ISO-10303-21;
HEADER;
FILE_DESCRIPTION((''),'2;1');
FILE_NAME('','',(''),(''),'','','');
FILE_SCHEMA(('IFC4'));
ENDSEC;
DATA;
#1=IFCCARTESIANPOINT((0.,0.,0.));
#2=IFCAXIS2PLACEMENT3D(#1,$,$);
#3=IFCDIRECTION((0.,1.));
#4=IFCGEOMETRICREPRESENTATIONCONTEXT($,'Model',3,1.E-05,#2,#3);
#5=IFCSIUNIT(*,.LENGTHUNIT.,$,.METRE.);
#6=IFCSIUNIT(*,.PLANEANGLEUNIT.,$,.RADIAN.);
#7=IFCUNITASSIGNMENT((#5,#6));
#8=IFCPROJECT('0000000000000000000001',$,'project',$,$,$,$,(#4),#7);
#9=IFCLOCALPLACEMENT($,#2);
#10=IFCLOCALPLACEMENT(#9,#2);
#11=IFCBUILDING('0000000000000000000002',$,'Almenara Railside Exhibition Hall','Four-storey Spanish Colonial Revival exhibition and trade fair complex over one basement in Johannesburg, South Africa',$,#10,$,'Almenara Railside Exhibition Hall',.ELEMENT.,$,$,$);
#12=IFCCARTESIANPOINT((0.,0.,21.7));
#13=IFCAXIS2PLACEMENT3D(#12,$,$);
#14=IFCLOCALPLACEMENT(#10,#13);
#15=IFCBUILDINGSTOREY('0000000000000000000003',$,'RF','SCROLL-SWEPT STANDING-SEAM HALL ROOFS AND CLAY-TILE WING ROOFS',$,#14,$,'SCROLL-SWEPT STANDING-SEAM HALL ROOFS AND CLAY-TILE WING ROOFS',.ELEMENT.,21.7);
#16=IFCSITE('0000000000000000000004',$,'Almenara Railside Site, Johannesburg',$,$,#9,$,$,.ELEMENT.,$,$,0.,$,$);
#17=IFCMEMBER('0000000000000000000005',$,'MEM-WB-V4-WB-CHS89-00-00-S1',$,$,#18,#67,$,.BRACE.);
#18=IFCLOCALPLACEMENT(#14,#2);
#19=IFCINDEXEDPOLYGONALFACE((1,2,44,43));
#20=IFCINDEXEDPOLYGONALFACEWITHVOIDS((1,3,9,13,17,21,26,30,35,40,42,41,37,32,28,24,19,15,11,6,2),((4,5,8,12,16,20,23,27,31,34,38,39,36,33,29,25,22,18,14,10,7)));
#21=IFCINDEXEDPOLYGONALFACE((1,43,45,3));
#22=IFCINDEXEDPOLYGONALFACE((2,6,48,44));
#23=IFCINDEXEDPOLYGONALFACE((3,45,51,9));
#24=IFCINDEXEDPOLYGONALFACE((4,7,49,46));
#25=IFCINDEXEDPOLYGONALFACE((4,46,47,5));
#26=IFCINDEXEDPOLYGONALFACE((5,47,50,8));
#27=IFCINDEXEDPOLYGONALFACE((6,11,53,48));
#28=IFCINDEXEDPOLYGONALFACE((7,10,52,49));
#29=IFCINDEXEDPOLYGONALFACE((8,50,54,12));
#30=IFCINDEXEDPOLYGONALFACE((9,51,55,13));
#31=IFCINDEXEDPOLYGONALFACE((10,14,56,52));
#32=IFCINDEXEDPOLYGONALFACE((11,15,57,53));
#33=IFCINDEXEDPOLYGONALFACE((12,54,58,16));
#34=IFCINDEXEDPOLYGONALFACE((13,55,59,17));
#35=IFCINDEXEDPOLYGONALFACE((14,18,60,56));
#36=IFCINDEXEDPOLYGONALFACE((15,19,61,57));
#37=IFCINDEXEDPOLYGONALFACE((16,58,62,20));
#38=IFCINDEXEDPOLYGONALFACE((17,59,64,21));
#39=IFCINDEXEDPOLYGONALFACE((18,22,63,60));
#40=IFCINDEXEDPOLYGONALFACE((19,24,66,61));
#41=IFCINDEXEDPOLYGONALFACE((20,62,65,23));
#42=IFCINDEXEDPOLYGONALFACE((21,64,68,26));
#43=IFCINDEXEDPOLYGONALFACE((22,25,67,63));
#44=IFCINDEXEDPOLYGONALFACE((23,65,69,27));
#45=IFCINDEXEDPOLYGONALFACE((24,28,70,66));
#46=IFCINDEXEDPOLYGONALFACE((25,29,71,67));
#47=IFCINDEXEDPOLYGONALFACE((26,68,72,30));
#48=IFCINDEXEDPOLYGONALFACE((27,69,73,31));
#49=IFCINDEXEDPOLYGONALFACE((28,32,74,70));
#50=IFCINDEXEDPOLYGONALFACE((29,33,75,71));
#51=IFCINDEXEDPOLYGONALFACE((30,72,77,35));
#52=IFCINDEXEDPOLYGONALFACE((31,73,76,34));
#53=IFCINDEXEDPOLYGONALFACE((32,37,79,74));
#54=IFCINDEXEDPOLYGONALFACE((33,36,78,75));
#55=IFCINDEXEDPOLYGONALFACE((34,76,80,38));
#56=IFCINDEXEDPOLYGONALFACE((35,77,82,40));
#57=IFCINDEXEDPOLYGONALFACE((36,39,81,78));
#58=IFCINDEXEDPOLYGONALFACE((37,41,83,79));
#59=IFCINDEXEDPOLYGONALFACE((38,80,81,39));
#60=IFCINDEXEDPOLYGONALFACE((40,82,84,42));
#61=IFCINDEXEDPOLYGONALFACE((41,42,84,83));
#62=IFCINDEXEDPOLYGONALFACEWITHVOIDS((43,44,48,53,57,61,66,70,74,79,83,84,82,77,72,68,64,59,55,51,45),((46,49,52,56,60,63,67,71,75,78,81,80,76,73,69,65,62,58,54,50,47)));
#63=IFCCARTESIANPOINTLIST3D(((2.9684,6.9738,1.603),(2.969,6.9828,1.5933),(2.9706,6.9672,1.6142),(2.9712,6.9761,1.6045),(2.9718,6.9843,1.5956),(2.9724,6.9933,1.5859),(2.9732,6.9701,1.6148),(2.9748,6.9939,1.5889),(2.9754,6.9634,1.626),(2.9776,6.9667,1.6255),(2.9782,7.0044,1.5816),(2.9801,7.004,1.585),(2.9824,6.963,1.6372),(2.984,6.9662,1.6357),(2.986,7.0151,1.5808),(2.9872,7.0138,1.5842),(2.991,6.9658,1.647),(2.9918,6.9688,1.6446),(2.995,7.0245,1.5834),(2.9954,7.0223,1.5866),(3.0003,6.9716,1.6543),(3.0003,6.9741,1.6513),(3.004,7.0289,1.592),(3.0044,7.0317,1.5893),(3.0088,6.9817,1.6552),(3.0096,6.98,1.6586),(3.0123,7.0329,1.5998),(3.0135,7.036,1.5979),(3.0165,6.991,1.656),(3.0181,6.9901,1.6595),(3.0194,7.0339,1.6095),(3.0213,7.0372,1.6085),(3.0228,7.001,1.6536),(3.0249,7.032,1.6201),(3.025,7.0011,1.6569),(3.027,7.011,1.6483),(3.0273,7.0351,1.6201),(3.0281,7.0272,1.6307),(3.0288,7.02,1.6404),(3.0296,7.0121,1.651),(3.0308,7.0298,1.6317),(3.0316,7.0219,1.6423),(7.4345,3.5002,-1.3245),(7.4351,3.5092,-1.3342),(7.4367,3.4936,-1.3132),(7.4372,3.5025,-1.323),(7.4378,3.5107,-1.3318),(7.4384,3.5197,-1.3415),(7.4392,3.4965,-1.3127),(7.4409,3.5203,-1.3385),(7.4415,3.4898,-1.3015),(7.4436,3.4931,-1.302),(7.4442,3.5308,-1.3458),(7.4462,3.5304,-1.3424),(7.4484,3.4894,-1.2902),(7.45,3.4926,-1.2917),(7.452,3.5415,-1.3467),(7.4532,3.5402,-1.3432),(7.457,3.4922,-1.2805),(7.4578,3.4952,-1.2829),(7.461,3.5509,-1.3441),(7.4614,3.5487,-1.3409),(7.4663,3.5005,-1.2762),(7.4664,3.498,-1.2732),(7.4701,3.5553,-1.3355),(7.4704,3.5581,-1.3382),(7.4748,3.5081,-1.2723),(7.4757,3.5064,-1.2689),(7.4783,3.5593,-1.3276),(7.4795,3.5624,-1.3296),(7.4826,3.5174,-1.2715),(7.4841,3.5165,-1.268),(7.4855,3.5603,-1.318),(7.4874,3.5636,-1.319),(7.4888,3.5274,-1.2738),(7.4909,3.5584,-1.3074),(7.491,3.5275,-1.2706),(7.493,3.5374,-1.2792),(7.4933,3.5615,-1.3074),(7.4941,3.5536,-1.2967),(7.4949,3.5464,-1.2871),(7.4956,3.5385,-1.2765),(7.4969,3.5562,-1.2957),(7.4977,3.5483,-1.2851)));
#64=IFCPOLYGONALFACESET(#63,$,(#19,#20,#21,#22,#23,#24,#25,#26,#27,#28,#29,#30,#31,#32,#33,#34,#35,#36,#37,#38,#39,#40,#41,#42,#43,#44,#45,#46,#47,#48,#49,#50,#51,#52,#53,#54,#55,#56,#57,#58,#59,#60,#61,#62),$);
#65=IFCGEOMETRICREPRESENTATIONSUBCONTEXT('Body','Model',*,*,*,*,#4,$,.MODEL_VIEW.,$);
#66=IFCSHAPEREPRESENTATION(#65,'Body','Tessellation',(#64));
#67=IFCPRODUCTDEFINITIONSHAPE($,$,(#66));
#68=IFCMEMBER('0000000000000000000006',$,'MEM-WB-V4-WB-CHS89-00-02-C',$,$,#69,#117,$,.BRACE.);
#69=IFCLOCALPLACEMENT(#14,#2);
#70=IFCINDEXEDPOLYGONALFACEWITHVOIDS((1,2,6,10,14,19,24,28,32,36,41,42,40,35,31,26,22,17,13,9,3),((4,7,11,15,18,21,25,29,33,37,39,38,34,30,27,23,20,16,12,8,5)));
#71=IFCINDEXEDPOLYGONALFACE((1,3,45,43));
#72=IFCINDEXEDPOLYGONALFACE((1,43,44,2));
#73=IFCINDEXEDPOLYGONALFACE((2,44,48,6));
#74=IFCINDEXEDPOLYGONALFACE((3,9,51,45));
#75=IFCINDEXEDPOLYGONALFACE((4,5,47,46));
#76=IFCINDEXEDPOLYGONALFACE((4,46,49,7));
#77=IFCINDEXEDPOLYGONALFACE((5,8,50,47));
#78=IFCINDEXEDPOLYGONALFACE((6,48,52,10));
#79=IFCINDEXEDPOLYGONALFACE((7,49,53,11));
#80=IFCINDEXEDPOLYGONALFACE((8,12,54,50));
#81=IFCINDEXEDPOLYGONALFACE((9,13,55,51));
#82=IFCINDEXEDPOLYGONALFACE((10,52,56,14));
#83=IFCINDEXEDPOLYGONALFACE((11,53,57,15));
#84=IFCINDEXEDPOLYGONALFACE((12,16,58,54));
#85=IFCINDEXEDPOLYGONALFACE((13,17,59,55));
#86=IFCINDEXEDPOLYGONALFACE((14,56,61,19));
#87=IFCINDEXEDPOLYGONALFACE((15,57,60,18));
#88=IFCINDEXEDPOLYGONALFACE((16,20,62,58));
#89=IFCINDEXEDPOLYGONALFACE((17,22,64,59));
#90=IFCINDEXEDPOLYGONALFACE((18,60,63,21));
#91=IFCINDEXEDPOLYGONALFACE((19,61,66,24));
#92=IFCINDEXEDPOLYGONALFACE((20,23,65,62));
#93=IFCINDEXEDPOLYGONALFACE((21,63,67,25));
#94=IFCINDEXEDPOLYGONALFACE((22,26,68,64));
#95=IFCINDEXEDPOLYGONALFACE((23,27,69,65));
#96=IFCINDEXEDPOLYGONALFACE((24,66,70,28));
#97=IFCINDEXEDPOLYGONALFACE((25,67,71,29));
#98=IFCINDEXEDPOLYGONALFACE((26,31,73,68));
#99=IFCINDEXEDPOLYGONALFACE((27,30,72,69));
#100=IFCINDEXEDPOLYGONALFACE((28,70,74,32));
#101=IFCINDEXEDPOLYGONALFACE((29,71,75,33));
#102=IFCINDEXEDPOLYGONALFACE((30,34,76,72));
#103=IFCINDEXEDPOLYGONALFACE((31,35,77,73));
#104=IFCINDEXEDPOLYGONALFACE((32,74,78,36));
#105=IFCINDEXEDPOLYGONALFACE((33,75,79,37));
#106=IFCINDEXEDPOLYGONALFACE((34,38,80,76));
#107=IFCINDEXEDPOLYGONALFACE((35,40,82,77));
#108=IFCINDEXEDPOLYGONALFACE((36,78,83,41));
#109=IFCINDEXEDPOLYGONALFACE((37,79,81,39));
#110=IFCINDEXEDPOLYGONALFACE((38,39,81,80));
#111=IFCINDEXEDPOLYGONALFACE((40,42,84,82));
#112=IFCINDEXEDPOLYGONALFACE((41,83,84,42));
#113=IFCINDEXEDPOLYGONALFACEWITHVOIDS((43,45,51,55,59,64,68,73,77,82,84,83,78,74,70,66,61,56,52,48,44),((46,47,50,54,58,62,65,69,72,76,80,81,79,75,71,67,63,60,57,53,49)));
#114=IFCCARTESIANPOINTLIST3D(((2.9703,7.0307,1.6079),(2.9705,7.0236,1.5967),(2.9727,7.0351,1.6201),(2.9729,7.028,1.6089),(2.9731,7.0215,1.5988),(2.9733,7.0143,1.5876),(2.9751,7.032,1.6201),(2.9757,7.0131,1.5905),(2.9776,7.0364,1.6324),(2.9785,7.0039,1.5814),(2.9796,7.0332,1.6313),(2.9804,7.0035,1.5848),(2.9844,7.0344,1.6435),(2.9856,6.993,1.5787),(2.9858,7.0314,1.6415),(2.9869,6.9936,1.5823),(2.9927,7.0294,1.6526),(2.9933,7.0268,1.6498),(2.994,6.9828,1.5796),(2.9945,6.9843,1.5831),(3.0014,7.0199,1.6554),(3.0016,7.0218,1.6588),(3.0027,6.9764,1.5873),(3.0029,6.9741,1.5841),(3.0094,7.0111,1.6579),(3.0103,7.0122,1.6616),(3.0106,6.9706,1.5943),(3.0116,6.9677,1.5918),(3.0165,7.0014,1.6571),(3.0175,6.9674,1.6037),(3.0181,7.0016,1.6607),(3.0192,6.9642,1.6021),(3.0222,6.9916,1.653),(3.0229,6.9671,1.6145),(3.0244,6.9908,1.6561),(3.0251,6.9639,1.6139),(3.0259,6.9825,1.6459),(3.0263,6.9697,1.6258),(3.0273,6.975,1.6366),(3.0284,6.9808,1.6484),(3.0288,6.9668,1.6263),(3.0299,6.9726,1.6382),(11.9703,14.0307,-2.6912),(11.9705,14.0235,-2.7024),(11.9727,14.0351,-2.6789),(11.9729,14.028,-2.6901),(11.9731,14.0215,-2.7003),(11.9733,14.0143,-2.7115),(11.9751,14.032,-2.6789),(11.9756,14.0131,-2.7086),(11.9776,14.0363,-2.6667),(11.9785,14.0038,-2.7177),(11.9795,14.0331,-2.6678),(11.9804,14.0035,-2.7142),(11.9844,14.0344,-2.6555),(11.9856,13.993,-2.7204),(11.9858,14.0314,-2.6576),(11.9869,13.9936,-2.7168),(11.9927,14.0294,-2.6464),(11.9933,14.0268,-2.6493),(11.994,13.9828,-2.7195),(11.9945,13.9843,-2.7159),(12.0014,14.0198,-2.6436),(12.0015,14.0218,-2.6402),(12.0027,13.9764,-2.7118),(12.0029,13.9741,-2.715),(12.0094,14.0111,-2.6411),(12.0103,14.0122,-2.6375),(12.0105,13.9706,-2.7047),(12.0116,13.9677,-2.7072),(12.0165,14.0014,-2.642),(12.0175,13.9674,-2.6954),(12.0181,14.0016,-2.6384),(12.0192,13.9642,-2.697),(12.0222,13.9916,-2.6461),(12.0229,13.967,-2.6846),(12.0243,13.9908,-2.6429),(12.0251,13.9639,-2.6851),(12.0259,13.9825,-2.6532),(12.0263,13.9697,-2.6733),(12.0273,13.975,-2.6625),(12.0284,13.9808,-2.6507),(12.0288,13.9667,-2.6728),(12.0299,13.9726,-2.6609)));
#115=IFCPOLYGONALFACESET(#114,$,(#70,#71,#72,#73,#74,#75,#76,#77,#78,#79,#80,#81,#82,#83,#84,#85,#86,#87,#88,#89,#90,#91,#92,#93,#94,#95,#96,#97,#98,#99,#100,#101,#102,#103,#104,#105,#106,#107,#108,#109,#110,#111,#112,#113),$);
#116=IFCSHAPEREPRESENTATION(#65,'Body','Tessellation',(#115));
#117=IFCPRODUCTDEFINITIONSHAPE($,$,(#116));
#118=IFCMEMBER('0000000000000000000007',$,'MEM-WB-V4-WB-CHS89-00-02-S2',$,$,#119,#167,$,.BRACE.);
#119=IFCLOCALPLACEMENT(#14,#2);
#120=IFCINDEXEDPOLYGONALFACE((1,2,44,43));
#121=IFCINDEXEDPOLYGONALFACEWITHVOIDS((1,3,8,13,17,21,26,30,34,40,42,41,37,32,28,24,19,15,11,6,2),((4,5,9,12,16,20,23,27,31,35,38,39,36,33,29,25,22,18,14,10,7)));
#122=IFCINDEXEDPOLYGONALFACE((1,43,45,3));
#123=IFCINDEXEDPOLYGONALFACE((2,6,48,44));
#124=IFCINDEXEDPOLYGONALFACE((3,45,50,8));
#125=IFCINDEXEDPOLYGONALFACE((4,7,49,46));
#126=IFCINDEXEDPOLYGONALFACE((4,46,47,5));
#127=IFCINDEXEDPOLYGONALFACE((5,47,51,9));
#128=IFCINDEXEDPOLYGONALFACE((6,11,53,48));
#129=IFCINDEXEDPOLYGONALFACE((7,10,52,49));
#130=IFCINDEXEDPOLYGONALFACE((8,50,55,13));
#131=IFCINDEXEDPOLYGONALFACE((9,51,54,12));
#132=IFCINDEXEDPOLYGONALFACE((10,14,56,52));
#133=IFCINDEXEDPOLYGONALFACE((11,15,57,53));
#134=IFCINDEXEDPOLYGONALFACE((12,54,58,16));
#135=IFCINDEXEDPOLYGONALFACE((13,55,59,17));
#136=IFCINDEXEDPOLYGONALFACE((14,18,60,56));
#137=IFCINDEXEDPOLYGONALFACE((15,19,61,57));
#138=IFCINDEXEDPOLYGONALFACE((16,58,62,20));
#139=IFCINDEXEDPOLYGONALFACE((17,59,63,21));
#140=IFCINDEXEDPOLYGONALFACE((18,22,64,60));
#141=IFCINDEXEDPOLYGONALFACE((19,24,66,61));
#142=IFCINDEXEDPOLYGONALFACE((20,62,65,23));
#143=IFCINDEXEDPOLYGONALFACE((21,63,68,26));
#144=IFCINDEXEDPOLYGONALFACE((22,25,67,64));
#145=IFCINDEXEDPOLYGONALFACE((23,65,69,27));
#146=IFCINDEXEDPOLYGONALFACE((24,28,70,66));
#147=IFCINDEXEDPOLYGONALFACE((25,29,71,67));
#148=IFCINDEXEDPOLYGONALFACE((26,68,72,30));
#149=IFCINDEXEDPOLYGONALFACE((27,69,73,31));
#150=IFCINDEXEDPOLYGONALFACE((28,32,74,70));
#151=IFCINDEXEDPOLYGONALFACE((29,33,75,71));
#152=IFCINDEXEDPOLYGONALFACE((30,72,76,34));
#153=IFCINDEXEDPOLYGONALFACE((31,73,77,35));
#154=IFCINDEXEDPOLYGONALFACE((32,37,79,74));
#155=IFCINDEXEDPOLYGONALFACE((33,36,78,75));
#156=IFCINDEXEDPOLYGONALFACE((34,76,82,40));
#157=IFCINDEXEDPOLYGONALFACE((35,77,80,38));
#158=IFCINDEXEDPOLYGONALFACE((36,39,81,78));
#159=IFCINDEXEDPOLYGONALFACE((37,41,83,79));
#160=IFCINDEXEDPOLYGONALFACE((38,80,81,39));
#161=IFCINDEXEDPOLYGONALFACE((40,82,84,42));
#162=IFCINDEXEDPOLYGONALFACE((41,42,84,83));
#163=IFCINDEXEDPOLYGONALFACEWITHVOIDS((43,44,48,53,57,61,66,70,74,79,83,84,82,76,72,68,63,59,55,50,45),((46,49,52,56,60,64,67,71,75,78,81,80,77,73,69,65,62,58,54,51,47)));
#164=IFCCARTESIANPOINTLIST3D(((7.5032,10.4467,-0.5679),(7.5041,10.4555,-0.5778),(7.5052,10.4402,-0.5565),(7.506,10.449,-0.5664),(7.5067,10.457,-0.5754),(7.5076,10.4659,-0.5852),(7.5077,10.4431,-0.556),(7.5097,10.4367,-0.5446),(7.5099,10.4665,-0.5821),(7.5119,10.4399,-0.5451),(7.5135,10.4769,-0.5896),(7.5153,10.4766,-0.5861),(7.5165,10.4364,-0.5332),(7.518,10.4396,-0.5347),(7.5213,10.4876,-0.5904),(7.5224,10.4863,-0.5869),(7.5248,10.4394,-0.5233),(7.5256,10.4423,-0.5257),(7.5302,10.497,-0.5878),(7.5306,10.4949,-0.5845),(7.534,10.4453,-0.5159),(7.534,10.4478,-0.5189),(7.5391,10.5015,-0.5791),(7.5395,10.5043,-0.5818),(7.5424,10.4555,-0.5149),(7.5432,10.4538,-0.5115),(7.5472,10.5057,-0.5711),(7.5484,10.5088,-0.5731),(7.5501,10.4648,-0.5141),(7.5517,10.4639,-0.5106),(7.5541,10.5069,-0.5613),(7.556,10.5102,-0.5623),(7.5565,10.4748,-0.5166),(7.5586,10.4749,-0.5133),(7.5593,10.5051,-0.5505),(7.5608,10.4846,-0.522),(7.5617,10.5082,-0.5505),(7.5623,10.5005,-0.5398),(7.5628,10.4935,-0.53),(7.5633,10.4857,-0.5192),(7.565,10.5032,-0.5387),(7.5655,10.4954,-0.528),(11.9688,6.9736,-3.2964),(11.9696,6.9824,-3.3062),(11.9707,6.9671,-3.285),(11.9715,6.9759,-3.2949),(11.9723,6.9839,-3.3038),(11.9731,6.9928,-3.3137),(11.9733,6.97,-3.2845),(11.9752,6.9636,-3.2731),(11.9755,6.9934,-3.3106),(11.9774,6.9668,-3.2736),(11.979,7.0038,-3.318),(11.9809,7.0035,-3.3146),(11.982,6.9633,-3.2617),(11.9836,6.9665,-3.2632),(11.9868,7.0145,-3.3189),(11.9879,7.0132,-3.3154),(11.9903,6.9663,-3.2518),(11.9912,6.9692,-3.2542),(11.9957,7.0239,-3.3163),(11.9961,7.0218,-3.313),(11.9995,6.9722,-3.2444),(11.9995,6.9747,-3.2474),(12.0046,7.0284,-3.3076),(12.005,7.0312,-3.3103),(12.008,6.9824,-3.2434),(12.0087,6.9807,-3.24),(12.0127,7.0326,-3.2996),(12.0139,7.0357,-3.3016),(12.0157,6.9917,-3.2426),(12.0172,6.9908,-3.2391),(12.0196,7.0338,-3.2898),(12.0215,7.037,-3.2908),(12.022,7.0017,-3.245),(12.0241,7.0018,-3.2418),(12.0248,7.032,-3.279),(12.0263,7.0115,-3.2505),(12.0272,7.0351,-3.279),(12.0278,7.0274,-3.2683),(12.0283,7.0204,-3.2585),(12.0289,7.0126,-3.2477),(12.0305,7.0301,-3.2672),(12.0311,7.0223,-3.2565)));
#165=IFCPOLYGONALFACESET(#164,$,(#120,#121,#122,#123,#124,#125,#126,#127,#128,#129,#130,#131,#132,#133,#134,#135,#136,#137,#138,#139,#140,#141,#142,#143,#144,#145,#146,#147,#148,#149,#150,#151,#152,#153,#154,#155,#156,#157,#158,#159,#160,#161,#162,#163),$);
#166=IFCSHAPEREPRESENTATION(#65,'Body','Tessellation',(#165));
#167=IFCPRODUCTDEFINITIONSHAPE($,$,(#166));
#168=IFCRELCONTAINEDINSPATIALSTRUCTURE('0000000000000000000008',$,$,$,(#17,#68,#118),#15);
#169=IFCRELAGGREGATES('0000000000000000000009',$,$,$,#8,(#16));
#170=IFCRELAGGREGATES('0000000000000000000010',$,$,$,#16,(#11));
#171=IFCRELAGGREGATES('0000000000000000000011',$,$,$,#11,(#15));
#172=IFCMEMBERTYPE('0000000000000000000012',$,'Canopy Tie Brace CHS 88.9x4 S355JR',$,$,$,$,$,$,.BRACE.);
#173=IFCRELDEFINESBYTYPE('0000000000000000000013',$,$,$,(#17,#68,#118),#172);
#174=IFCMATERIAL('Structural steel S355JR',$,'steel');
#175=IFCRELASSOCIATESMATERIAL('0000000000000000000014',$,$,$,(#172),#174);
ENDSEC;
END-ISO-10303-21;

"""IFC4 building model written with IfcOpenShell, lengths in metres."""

from ifc_helpers import new_model, si_unit, direction, frame, origin, origin_2d, place, context, subcontext, project, spatial, hollow_circle, extrude, material, material_profile, profile_set, type_object, element, save


model = new_model("IFC4")

# Units and contexts
model_context = context("Model", 3, precision=1e-05, world=origin(), true_north=direction((0.0, 1.0)))
body_context = subcontext(model_context, "Body", "Model", "MODEL_VIEW")
ifc_project = project(units=[si_unit("LENGTHUNIT", "METRE"), si_unit("PLANEANGLEUNIT", "RADIAN")], contexts=[model_context])

# Site, building, storey
site_placement = place(None, origin())
site = spatial("IfcSite", under=ifc_project, at=site_placement, Name="Almenara Railside Site, Johannesburg", CompositionType="ELEMENT", RefElevation=0.0)
building_placement = place(site_placement, origin())
building = spatial("IfcBuilding", under=site, at=building_placement, Name="Almenara Railside Exhibition Hall", Description="Four-storey Spanish Colonial Revival exhibition and trade fair complex over one basement in Johannesburg, South Africa", LongName="Almenara Railside Exhibition Hall", CompositionType="ELEMENT")
storey_placement = place(building_placement, frame((0.0, 0.0, 21.7)))
storey = spatial("IfcBuildingStorey", under=building, at=storey_placement, Name="RF", Description="SCROLL-SWEPT STANDING-SEAM HALL ROOFS AND CLAY-TILE WING ROOFS", LongName="SCROLL-SWEPT STANDING-SEAM HALL ROOFS AND CLAY-TILE WING ROOFS", CompositionType="ELEMENT", Elevation=21.7)

# Members
ifc_material_1 = material(Name="Structural steel S355JR", Category="steel")
ifc_material_profile_1 = material_profile(ifc_material_1, hollow_circle(Radius=0.0444, WallThickness=0.0039, at=origin_2d()), Name="CHS 88.9x4")
ifc_profile_set_1 = profile_set([ifc_material_profile_1], Name="Structural steel S355JR")
member_type_1 = type_object("IfcMemberType", Name="Canopy Tie Brace CHS 88.9x4 S355JR", PredefinedType="BRACE", material=ifc_profile_set_1)
member_1_placement = place(storey_placement, frame((3.0, 7.0, 1.6201), z_axis=(0.701064, -0.545277, -0.459545), x_axis=(0.613944, 0.78935, 0.0)))
element("IfcMember", 1, at=member_1_placement, inside=storey, type_object=member_type_1, Name="MEM-WB-V4-WB-CHS89-00-00-S1", PredefinedType="BRACE", context=body_context, shape_type="SweptSolid", body=[
    extrude(hollow_circle(Radius=0.0444, WallThickness=0.0039, at=origin_2d()), origin(), (0.0, 0.0, 1.0), 6.3704),
])
member_2_placement = place(storey_placement, frame((3.0, 7.0, 1.6201), z_axis=(0.738594, 0.574462, -0.352807), x_axis=(-0.613941, 0.789352, 0.0)))
element("IfcMember", 2, at=member_2_placement, inside=storey, type_object=member_type_1, Name="MEM-WB-V4-WB-CHS89-00-02-C", PredefinedType="BRACE", context=body_context, shape_type="SweptSolid", body=[
    extrude(hollow_circle(Radius=0.0444, WallThickness=0.0039, at=origin_2d()), origin(), (0.0, 0.0, 1.0), 12.1853),
])
member_3_placement = place(storey_placement, frame((7.5344, 10.4731, -0.5505), z_axis=(0.710984, -0.552975, -0.434419), x_axis=(0.613932, 0.789359, 0.0)))
element("IfcMember", 3, at=member_3_placement, inside=storey, type_object=member_type_1, Name="MEM-WB-V4-WB-CHS89-00-02-S2", PredefinedType="BRACE", context=body_context, shape_type="SweptSolid", body=[
    extrude(hollow_circle(Radius=0.0444, WallThickness=0.0039, at=origin_2d()), origin(), (0.0, 0.0, 1.0), 6.2808),
])

save(model, "model.ifc")
